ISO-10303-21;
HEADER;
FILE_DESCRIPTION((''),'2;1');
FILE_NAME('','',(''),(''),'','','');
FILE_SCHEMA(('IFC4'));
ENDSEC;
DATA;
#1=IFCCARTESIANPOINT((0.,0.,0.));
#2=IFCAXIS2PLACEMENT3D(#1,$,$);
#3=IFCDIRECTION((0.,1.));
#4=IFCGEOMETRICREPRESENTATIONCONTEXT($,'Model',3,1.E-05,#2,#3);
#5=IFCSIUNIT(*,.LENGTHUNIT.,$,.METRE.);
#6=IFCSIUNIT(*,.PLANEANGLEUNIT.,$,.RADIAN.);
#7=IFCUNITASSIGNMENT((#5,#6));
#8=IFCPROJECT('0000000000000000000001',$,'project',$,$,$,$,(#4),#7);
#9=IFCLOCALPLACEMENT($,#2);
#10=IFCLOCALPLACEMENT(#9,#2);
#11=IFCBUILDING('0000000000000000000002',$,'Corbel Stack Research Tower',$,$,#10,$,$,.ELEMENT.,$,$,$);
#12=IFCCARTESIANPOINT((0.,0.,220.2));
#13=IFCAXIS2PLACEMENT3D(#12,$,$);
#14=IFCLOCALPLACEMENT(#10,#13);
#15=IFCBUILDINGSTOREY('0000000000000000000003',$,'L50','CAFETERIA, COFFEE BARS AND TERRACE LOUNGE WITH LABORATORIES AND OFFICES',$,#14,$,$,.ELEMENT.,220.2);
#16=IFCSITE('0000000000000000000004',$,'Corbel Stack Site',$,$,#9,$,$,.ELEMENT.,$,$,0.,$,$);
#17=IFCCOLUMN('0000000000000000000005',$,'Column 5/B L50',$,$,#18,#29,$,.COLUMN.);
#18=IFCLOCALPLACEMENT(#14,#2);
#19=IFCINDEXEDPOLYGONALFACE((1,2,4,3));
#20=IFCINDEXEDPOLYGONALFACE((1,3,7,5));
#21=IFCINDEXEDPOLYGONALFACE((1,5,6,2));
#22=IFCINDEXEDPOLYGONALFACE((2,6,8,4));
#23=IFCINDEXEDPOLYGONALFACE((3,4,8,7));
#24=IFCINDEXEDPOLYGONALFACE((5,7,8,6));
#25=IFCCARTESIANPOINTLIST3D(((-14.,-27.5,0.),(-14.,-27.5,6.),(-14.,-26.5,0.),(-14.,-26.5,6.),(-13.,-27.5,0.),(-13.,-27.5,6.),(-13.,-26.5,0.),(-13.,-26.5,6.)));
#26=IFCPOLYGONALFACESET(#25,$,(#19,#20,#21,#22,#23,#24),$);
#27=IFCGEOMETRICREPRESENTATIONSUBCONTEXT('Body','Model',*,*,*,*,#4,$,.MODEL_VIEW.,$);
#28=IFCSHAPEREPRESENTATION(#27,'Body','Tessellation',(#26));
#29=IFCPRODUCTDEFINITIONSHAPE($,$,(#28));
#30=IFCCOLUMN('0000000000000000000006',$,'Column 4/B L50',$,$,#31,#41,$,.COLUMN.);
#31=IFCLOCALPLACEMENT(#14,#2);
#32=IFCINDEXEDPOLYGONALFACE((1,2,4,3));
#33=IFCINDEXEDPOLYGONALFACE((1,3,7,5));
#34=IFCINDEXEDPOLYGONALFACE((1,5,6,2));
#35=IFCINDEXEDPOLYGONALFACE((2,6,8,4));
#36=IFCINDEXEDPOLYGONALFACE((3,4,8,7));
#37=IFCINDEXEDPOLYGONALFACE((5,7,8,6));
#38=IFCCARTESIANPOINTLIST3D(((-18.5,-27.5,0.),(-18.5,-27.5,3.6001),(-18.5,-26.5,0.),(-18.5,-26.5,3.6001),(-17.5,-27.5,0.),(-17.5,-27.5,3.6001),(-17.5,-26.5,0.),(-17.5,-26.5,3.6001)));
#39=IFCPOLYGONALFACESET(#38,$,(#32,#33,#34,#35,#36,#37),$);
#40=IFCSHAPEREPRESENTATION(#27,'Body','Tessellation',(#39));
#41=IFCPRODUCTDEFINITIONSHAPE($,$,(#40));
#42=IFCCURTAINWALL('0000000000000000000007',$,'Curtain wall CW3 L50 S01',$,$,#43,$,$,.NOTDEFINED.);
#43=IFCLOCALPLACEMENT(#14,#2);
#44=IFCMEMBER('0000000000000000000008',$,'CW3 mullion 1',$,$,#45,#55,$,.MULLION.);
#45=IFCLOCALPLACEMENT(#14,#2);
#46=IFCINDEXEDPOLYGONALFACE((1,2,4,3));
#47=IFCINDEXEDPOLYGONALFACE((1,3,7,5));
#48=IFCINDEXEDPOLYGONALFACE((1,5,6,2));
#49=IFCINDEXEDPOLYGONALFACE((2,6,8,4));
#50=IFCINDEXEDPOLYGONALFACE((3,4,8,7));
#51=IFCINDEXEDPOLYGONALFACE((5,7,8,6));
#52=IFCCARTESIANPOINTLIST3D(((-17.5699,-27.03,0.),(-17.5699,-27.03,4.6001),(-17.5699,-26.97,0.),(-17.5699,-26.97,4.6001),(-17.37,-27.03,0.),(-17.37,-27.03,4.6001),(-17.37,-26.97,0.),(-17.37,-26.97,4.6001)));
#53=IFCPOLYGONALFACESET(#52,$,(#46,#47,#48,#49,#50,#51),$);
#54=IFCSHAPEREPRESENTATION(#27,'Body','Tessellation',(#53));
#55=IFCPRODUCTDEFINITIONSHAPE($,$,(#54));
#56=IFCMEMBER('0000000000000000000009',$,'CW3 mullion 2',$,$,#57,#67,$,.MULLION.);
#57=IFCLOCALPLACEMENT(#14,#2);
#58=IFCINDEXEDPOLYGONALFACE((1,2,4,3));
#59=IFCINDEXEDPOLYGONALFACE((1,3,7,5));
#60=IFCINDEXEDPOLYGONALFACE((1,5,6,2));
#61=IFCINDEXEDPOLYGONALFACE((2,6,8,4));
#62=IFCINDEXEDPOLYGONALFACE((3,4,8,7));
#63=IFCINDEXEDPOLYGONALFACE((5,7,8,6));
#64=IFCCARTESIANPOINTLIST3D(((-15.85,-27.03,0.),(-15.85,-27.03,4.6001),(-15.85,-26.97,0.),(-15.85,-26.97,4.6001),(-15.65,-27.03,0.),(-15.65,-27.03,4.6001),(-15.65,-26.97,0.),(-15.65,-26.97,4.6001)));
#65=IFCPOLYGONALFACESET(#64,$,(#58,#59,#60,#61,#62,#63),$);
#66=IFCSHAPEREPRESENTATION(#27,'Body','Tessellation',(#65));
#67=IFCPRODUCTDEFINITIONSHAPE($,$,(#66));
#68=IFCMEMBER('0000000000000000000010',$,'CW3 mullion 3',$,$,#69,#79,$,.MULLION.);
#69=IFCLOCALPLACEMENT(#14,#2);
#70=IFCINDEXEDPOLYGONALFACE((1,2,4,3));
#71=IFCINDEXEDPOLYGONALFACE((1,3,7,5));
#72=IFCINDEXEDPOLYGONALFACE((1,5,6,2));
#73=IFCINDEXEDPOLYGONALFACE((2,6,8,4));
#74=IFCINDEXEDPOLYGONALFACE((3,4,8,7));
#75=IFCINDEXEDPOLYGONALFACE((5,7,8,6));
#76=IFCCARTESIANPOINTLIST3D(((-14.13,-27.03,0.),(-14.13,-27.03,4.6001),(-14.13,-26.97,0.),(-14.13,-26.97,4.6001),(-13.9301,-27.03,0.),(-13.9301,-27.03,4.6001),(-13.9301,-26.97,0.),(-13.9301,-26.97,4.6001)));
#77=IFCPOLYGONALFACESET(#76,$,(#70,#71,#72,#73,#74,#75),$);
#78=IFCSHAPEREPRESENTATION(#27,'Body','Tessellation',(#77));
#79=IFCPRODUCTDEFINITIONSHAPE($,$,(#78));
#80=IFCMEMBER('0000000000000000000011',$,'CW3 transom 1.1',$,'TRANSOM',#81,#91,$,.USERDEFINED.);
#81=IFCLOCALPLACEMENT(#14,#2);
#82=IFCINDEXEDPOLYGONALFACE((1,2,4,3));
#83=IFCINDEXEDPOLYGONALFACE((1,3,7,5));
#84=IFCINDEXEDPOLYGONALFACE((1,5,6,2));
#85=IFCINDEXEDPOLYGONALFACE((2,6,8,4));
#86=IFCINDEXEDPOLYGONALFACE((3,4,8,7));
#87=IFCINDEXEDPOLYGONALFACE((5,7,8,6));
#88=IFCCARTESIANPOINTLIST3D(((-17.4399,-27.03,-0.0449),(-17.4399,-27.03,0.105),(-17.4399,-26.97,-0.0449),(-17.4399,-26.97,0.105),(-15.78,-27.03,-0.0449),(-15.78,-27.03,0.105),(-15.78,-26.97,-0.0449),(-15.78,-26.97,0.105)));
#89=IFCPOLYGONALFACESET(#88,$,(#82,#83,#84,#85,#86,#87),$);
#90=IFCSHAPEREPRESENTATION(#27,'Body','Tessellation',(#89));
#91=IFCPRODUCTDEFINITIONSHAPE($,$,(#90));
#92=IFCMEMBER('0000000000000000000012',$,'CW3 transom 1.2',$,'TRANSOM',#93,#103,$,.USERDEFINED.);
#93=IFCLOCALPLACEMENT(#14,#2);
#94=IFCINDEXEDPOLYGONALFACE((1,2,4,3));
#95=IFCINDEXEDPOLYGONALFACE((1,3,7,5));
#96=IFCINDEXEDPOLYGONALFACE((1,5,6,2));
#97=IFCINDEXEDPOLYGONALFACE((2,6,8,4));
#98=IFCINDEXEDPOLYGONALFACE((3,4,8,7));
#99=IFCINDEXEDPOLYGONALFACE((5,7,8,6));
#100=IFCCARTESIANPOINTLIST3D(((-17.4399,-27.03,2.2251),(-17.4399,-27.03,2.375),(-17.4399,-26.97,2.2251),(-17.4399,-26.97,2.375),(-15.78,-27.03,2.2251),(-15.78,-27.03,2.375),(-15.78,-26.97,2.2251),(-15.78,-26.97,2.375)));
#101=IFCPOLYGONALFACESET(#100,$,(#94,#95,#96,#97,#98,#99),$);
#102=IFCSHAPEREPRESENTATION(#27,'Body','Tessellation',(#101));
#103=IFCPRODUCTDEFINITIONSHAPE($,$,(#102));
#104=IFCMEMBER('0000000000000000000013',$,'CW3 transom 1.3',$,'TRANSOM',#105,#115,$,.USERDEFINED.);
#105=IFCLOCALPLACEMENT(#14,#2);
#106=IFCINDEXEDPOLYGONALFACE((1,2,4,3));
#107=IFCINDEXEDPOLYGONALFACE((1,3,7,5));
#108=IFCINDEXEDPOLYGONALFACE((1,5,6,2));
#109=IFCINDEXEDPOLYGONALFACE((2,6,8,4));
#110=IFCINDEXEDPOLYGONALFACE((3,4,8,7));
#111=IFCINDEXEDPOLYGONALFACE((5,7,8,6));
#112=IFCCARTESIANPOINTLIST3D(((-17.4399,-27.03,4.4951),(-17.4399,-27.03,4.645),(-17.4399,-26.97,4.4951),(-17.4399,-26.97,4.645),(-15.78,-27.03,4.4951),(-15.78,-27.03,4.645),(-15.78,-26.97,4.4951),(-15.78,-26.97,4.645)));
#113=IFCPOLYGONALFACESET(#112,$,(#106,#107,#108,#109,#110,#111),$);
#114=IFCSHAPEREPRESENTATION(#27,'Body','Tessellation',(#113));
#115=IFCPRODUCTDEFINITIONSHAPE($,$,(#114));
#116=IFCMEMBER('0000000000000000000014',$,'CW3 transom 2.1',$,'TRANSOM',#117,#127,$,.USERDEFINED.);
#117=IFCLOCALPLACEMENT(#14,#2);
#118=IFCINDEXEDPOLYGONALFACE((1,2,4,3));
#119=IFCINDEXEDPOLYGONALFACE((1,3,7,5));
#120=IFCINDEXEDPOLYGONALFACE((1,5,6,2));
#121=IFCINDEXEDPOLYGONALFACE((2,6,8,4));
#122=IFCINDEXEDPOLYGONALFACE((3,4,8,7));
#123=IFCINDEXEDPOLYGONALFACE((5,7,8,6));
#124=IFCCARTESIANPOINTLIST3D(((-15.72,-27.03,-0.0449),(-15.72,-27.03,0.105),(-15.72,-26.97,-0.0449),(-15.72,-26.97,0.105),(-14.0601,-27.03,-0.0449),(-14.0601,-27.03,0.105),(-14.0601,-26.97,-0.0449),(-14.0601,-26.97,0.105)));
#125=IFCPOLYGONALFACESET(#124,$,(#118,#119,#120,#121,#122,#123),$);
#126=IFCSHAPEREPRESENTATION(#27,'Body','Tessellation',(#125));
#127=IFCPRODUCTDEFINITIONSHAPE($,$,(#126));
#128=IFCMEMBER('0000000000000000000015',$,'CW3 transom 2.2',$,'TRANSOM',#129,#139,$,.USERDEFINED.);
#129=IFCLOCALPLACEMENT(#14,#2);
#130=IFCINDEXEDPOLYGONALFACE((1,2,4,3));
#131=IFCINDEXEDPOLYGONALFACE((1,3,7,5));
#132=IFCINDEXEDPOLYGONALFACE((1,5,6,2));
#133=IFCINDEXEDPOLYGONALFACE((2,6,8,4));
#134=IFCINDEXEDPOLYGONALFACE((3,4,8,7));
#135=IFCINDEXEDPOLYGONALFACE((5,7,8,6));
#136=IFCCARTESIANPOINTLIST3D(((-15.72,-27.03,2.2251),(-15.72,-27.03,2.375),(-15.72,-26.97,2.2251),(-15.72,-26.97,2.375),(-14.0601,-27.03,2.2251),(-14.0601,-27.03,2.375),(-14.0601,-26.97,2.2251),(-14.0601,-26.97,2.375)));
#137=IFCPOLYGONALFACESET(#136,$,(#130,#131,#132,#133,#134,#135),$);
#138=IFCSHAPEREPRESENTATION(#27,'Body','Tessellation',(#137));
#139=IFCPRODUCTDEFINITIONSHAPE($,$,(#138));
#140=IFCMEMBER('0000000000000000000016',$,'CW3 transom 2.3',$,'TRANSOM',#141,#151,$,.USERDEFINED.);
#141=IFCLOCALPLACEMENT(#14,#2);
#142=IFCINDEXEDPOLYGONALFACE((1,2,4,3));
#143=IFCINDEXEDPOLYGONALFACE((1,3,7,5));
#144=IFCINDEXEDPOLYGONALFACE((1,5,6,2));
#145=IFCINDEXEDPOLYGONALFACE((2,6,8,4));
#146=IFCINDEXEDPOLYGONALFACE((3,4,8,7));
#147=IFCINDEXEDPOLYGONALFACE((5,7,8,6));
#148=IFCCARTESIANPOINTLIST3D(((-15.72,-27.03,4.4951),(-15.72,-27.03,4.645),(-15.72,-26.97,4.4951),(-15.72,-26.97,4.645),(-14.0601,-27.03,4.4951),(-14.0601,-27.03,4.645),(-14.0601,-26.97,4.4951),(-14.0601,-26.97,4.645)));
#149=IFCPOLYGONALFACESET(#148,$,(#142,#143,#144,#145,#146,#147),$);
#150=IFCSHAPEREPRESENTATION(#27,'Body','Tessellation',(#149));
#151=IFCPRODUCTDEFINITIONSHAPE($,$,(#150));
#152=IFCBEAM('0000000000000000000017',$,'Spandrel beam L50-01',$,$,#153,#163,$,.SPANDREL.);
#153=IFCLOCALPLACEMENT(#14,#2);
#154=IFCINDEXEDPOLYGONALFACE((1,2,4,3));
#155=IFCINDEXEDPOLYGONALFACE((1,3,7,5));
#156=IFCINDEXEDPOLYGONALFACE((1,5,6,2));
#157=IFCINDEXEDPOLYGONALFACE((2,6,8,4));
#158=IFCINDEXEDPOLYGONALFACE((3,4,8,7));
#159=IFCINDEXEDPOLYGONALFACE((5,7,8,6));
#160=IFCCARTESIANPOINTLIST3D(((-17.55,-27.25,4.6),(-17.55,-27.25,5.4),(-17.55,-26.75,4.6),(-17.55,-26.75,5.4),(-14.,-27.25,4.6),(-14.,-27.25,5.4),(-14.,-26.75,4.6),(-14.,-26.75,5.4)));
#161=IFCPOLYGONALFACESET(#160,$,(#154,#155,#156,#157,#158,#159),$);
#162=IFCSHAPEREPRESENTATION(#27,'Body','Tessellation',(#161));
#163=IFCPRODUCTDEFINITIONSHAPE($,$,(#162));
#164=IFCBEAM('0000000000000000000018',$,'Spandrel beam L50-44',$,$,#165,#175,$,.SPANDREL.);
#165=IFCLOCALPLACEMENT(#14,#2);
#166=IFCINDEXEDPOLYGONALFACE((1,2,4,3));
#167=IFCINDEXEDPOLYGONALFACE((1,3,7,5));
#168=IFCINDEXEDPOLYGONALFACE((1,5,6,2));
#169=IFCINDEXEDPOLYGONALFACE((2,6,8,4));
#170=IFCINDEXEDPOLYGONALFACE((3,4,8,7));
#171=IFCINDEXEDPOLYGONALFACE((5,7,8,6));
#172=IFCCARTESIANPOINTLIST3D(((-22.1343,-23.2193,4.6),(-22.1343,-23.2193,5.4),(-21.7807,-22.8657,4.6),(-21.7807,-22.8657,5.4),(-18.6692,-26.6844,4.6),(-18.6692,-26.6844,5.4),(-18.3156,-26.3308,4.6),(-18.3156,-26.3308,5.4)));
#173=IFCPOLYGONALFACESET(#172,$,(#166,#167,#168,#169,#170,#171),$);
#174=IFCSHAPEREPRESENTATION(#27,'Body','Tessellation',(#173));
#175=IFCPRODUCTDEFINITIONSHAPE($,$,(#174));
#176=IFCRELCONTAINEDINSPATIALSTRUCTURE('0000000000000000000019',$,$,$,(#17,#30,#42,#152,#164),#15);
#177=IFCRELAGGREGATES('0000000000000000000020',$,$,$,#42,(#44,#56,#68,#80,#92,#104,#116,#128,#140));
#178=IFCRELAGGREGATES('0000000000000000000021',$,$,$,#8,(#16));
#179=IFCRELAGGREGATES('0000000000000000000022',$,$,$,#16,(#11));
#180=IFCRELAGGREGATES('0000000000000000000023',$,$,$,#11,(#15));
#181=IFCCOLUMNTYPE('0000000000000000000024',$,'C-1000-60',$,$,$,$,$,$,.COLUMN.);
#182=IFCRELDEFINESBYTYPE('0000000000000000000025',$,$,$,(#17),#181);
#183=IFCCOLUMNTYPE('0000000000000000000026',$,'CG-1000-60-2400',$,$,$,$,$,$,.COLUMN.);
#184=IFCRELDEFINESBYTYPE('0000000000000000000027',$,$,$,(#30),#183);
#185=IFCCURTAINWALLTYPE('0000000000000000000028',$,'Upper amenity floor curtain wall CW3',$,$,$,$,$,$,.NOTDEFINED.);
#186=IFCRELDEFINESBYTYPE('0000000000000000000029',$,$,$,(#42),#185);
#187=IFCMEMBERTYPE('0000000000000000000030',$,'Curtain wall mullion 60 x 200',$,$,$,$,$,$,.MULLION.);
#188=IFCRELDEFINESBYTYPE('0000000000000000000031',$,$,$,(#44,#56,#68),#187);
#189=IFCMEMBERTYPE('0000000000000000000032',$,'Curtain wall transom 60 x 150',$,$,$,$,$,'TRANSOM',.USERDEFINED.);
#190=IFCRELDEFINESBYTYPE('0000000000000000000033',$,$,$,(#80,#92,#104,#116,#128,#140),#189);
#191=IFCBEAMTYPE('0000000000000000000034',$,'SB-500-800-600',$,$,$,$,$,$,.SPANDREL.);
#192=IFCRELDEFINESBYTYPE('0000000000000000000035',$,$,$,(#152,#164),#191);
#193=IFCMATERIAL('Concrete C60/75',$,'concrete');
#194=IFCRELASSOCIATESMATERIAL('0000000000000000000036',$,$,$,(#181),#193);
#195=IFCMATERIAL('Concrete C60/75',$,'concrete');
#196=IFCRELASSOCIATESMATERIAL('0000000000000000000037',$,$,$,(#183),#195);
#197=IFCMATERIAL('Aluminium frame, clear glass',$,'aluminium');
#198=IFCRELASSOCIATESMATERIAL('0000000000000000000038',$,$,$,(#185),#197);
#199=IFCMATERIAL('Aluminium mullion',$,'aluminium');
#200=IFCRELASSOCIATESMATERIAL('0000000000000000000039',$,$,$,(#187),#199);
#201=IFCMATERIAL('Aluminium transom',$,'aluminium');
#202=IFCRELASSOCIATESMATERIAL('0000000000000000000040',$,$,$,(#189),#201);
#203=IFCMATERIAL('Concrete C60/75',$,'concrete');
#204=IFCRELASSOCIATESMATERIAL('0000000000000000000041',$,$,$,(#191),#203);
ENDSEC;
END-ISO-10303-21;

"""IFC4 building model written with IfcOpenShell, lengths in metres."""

from ifc_helpers import new_model, si_unit, direction, frame, origin, origin_2d, place, context, subcontext, project, spatial, rectangle, extrude, material, material_profile, profile_set, type_object, element, aggregate, save


model = new_model("IFC4")

# Units and contexts
model_context = context("Model", 3, precision=1e-05, world=origin(), true_north=direction((0.0, 1.0)))
body_context = subcontext(model_context, "Body", "Model", "MODEL_VIEW")
ifc_project = project(units=[si_unit("LENGTHUNIT", "METRE"), si_unit("PLANEANGLEUNIT", "RADIAN")], contexts=[model_context])

# Site, building, storey
site_placement = place(None, origin())
site = spatial("IfcSite", under=ifc_project, at=site_placement, Name="Corbel Stack Site", CompositionType="ELEMENT", RefElevation=0.0)
building_placement = place(site_placement, origin())
building = spatial("IfcBuilding", under=site, at=building_placement, Name="Corbel Stack Research Tower", CompositionType="ELEMENT")
storey_placement = place(building_placement, frame((0.0, 0.0, 220.2)))
storey = spatial("IfcBuildingStorey", under=building, at=storey_placement, Name="L50", Description="CAFETERIA, COFFEE BARS AND TERRACE LOUNGE WITH LABORATORIES AND OFFICES", CompositionType="ELEMENT", Elevation=220.2)

# Columns
ifc_material_1 = material(Name="Concrete C60/75", Category="concrete")
ifc_material_profile_1 = material_profile(ifc_material_1, rectangle(XDim=1.0, YDim=1.0, at=origin_2d()), Name="RC 1000 x 1000")
ifc_profile_set_1 = profile_set([ifc_material_profile_1], Name="Concrete C60/75")
column_type_1 = type_object("IfcColumnType", Name="C-1000-60", PredefinedType="COLUMN", material=ifc_profile_set_1)
column_1_placement = place(storey_placement, frame((-13.5, -27.0, 0.0), z_axis=(0.0, 0.0, 1.0), x_axis=(1.0, 0.0, 0.0)))
element("IfcColumn", 1, at=column_1_placement, inside=storey, type_object=column_type_1, Name="Column 5/B L50", PredefinedType="COLUMN", context=body_context, shape_type="SweptSolid", body=[
    extrude(rectangle(XDim=1.0, YDim=1.0, at=origin_2d()), origin(), (0.0, 0.0, 1.0), 6.0),
])
ifc_material_2 = material(Name="Concrete C60/75", Category="concrete")
ifc_material_profile_2 = material_profile(ifc_material_2, rectangle(XDim=1.0, YDim=1.0, at=origin_2d()), Name="RC 1000 x 1000")
ifc_profile_set_2 = profile_set([ifc_material_profile_2], Name="Concrete C60/75")
column_type_2 = type_object("IfcColumnType", Name="CG-1000-60-2400", PredefinedType="COLUMN", material=ifc_profile_set_2)
column_2_placement = place(storey_placement, frame((-18.0, -27.0, 0.0), z_axis=(0.0, 0.0, 1.0), x_axis=(1.0, 0.0, 0.0)))
element("IfcColumn", 2, at=column_2_placement, inside=storey, type_object=column_type_2, Name="Column 4/B L50", PredefinedType="COLUMN", context=body_context, shape_type="SweptSolid", body=[
    extrude(rectangle(XDim=1.0, YDim=1.0, at=origin_2d()), origin(), (0.0, 0.0, 1.0), 3.6001),
])

# Curtain wall, members
ifc_material_3 = material(Name="Aluminium frame, clear glass", Category="aluminium")
curtain_wall_type = type_object("IfcCurtainWallType", Name="Upper amenity floor curtain wall CW3", PredefinedType="NOTDEFINED", material=ifc_material_3)
curtain_wall_placement = place(storey_placement, origin())
curtain_wall = element("IfcCurtainWall", 3, at=curtain_wall_placement, inside=storey, type_object=curtain_wall_type, Name="Curtain wall CW3 L50 S01", PredefinedType="NOTDEFINED")
ifc_material_4 = material(Name="Aluminium mullion", Category="aluminium")
ifc_material_profile_3 = material_profile(ifc_material_4, rectangle(XDim=0.0601, YDim=0.2, at=origin_2d()), Name="Mullion 60 x 200")
ifc_profile_set_3 = profile_set([ifc_material_profile_3], Name="Aluminium mullion")
member_type_1 = type_object("IfcMemberType", Name="Curtain wall mullion 60 x 200", PredefinedType="MULLION", material=ifc_profile_set_3)
member_1_placement = place(storey_placement, frame((-17.47, -27.0, 0.0), z_axis=(0.0, 0.0, 1.0), x_axis=(0.0, 1.0, 0.0)))
member_1 = element("IfcMember", 4, at=member_1_placement, type_object=member_type_1, Name="CW3 mullion 1", PredefinedType="MULLION", context=body_context, shape_type="SweptSolid", body=[
    extrude(rectangle(XDim=0.0601, YDim=0.2, at=origin_2d()), origin(), (0.0, 0.0, 1.0), 4.6001),
])
member_2_placement = place(storey_placement, frame((-15.75, -27.0, 0.0), z_axis=(0.0, 0.0, 1.0), x_axis=(0.0, 1.0, 0.0)))
member_2 = element("IfcMember", 5, at=member_2_placement, type_object=member_type_1, Name="CW3 mullion 2", PredefinedType="MULLION", context=body_context, shape_type="SweptSolid", body=[
    extrude(rectangle(XDim=0.0601, YDim=0.2, at=origin_2d()), origin(), (0.0, 0.0, 1.0), 4.6001),
])
member_3_placement = place(storey_placement, frame((-14.03, -27.0, 0.0), z_axis=(0.0, 0.0, 1.0), x_axis=(0.0, 1.0, 0.0)))
member_3 = element("IfcMember", 6, at=member_3_placement, type_object=member_type_1, Name="CW3 mullion 3", PredefinedType="MULLION", context=body_context, shape_type="SweptSolid", body=[
    extrude(rectangle(XDim=0.0601, YDim=0.2, at=origin_2d()), origin(), (0.0, 0.0, 1.0), 4.6001),
])
ifc_material_5 = material(Name="Aluminium transom", Category="aluminium")
ifc_material_profile_4 = material_profile(ifc_material_5, rectangle(XDim=0.0601, YDim=0.1499, at=origin_2d()), Name="Transom 60 x 150")
ifc_profile_set_4 = profile_set([ifc_material_profile_4], Name="Aluminium transom")
member_type_2 = type_object("IfcMemberType", Name="Curtain wall transom 60 x 150", ElementType="TRANSOM", PredefinedType="USERDEFINED", material=ifc_profile_set_4)
member_4_placement = place(storey_placement, frame((-17.4399, -27.0, 0.03), z_axis=(1.0, 0.0, 0.0), x_axis=(0.0, 1.0, 0.0)))
member_4 = element("IfcMember", 7, at=member_4_placement, type_object=member_type_2, Name="CW3 transom 1.1", ObjectType="TRANSOM", PredefinedType="USERDEFINED", context=body_context, shape_type="SweptSolid", body=[
    extrude(rectangle(XDim=0.0601, YDim=0.1499, at=origin_2d()), origin(), (0.0, 0.0, 1.0), 1.6599),
])
member_5_placement = place(storey_placement, frame((-17.4399, -27.0, 2.3), z_axis=(1.0, 0.0, 0.0), x_axis=(0.0, 1.0, 0.0)))
member_5 = element("IfcMember", 8, at=member_5_placement, type_object=member_type_2, Name="CW3 transom 1.2", ObjectType="TRANSOM", PredefinedType="USERDEFINED", context=body_context, shape_type="SweptSolid", body=[
    extrude(rectangle(XDim=0.0601, YDim=0.1499, at=origin_2d()), origin(), (0.0, 0.0, 1.0), 1.6599),
])
member_6_placement = place(storey_placement, frame((-17.4399, -27.0, 4.5701), z_axis=(1.0, 0.0, 0.0), x_axis=(0.0, 1.0, 0.0)))
member_6 = element("IfcMember", 9, at=member_6_placement, type_object=member_type_2, Name="CW3 transom 1.3", ObjectType="TRANSOM", PredefinedType="USERDEFINED", context=body_context, shape_type="SweptSolid", body=[
    extrude(rectangle(XDim=0.0601, YDim=0.1499, at=origin_2d()), origin(), (0.0, 0.0, 1.0), 1.6599),
])
member_7_placement = place(storey_placement, frame((-15.72, -27.0, 0.03), z_axis=(1.0, 0.0, 0.0), x_axis=(0.0, 1.0, 0.0)))
member_7 = element("IfcMember", 10, at=member_7_placement, type_object=member_type_2, Name="CW3 transom 2.1", ObjectType="TRANSOM", PredefinedType="USERDEFINED", context=body_context, shape_type="SweptSolid", body=[
    extrude(rectangle(XDim=0.0601, YDim=0.1499, at=origin_2d()), origin(), (0.0, 0.0, 1.0), 1.6599),
])
member_8_placement = place(storey_placement, frame((-15.72, -27.0, 2.3), z_axis=(1.0, 0.0, 0.0), x_axis=(0.0, 1.0, 0.0)))
member_8 = element("IfcMember", 11, at=member_8_placement, type_object=member_type_2, Name="CW3 transom 2.2", ObjectType="TRANSOM", PredefinedType="USERDEFINED", context=body_context, shape_type="SweptSolid", body=[
    extrude(rectangle(XDim=0.0601, YDim=0.1499, at=origin_2d()), origin(), (0.0, 0.0, 1.0), 1.6599),
])
member_9_placement = place(storey_placement, frame((-15.72, -27.0, 4.5701), z_axis=(1.0, 0.0, 0.0), x_axis=(0.0, 1.0, 0.0)))
member_9 = element("IfcMember", 12, at=member_9_placement, type_object=member_type_2, Name="CW3 transom 2.3", ObjectType="TRANSOM", PredefinedType="USERDEFINED", context=body_context, shape_type="SweptSolid", body=[
    extrude(rectangle(XDim=0.0601, YDim=0.1499, at=origin_2d()), origin(), (0.0, 0.0, 1.0), 1.6599),
])

# Beams
ifc_material_6 = material(Name="Concrete C60/75", Category="concrete")
ifc_material_profile_5 = material_profile(ifc_material_6, rectangle(XDim=0.5, YDim=0.8, at=origin_2d()), Name="RC 500 x 800")
ifc_profile_set_5 = profile_set([ifc_material_profile_5], Name="Concrete C60/75")
beam_type_1 = type_object("IfcBeamType", Name="SB-500-800-600", PredefinedType="SPANDREL", material=ifc_profile_set_5)
beam_1_placement = place(storey_placement, frame((-17.55, -27.0, 5.0), z_axis=(1.0, 0.0, 0.0), x_axis=(0.0, 1.0, 0.0)))
element("IfcBeam", 13, at=beam_1_placement, inside=storey, type_object=beam_type_1, Name="Spandrel beam L50-01", PredefinedType="SPANDREL", context=body_context, shape_type="SweptSolid", body=[
    extrude(rectangle(XDim=0.5, YDim=0.8, at=origin_2d()), origin(), (0.0, 0.0, 1.0), 3.55),
])
beam_2_placement = place(storey_placement, frame((-21.9575, -23.0425, 5.0), z_axis=(0.707107, -0.707107, 0.0), x_axis=(0.707107, 0.707107, 0.0)))
element("IfcBeam", 14, at=beam_2_placement, inside=storey, type_object=beam_type_1, Name="Spandrel beam L50-44", PredefinedType="SPANDREL", context=body_context, shape_type="SweptSolid", body=[
    extrude(rectangle(XDim=0.5, YDim=0.8, at=origin_2d()), origin(), (0.0, 0.0, 1.0), 4.9004),
])

aggregate(curtain_wall, [member_1, member_2, member_3, member_4, member_5, member_6, member_7, member_8, member_9])

save(model, "model.ifc")
